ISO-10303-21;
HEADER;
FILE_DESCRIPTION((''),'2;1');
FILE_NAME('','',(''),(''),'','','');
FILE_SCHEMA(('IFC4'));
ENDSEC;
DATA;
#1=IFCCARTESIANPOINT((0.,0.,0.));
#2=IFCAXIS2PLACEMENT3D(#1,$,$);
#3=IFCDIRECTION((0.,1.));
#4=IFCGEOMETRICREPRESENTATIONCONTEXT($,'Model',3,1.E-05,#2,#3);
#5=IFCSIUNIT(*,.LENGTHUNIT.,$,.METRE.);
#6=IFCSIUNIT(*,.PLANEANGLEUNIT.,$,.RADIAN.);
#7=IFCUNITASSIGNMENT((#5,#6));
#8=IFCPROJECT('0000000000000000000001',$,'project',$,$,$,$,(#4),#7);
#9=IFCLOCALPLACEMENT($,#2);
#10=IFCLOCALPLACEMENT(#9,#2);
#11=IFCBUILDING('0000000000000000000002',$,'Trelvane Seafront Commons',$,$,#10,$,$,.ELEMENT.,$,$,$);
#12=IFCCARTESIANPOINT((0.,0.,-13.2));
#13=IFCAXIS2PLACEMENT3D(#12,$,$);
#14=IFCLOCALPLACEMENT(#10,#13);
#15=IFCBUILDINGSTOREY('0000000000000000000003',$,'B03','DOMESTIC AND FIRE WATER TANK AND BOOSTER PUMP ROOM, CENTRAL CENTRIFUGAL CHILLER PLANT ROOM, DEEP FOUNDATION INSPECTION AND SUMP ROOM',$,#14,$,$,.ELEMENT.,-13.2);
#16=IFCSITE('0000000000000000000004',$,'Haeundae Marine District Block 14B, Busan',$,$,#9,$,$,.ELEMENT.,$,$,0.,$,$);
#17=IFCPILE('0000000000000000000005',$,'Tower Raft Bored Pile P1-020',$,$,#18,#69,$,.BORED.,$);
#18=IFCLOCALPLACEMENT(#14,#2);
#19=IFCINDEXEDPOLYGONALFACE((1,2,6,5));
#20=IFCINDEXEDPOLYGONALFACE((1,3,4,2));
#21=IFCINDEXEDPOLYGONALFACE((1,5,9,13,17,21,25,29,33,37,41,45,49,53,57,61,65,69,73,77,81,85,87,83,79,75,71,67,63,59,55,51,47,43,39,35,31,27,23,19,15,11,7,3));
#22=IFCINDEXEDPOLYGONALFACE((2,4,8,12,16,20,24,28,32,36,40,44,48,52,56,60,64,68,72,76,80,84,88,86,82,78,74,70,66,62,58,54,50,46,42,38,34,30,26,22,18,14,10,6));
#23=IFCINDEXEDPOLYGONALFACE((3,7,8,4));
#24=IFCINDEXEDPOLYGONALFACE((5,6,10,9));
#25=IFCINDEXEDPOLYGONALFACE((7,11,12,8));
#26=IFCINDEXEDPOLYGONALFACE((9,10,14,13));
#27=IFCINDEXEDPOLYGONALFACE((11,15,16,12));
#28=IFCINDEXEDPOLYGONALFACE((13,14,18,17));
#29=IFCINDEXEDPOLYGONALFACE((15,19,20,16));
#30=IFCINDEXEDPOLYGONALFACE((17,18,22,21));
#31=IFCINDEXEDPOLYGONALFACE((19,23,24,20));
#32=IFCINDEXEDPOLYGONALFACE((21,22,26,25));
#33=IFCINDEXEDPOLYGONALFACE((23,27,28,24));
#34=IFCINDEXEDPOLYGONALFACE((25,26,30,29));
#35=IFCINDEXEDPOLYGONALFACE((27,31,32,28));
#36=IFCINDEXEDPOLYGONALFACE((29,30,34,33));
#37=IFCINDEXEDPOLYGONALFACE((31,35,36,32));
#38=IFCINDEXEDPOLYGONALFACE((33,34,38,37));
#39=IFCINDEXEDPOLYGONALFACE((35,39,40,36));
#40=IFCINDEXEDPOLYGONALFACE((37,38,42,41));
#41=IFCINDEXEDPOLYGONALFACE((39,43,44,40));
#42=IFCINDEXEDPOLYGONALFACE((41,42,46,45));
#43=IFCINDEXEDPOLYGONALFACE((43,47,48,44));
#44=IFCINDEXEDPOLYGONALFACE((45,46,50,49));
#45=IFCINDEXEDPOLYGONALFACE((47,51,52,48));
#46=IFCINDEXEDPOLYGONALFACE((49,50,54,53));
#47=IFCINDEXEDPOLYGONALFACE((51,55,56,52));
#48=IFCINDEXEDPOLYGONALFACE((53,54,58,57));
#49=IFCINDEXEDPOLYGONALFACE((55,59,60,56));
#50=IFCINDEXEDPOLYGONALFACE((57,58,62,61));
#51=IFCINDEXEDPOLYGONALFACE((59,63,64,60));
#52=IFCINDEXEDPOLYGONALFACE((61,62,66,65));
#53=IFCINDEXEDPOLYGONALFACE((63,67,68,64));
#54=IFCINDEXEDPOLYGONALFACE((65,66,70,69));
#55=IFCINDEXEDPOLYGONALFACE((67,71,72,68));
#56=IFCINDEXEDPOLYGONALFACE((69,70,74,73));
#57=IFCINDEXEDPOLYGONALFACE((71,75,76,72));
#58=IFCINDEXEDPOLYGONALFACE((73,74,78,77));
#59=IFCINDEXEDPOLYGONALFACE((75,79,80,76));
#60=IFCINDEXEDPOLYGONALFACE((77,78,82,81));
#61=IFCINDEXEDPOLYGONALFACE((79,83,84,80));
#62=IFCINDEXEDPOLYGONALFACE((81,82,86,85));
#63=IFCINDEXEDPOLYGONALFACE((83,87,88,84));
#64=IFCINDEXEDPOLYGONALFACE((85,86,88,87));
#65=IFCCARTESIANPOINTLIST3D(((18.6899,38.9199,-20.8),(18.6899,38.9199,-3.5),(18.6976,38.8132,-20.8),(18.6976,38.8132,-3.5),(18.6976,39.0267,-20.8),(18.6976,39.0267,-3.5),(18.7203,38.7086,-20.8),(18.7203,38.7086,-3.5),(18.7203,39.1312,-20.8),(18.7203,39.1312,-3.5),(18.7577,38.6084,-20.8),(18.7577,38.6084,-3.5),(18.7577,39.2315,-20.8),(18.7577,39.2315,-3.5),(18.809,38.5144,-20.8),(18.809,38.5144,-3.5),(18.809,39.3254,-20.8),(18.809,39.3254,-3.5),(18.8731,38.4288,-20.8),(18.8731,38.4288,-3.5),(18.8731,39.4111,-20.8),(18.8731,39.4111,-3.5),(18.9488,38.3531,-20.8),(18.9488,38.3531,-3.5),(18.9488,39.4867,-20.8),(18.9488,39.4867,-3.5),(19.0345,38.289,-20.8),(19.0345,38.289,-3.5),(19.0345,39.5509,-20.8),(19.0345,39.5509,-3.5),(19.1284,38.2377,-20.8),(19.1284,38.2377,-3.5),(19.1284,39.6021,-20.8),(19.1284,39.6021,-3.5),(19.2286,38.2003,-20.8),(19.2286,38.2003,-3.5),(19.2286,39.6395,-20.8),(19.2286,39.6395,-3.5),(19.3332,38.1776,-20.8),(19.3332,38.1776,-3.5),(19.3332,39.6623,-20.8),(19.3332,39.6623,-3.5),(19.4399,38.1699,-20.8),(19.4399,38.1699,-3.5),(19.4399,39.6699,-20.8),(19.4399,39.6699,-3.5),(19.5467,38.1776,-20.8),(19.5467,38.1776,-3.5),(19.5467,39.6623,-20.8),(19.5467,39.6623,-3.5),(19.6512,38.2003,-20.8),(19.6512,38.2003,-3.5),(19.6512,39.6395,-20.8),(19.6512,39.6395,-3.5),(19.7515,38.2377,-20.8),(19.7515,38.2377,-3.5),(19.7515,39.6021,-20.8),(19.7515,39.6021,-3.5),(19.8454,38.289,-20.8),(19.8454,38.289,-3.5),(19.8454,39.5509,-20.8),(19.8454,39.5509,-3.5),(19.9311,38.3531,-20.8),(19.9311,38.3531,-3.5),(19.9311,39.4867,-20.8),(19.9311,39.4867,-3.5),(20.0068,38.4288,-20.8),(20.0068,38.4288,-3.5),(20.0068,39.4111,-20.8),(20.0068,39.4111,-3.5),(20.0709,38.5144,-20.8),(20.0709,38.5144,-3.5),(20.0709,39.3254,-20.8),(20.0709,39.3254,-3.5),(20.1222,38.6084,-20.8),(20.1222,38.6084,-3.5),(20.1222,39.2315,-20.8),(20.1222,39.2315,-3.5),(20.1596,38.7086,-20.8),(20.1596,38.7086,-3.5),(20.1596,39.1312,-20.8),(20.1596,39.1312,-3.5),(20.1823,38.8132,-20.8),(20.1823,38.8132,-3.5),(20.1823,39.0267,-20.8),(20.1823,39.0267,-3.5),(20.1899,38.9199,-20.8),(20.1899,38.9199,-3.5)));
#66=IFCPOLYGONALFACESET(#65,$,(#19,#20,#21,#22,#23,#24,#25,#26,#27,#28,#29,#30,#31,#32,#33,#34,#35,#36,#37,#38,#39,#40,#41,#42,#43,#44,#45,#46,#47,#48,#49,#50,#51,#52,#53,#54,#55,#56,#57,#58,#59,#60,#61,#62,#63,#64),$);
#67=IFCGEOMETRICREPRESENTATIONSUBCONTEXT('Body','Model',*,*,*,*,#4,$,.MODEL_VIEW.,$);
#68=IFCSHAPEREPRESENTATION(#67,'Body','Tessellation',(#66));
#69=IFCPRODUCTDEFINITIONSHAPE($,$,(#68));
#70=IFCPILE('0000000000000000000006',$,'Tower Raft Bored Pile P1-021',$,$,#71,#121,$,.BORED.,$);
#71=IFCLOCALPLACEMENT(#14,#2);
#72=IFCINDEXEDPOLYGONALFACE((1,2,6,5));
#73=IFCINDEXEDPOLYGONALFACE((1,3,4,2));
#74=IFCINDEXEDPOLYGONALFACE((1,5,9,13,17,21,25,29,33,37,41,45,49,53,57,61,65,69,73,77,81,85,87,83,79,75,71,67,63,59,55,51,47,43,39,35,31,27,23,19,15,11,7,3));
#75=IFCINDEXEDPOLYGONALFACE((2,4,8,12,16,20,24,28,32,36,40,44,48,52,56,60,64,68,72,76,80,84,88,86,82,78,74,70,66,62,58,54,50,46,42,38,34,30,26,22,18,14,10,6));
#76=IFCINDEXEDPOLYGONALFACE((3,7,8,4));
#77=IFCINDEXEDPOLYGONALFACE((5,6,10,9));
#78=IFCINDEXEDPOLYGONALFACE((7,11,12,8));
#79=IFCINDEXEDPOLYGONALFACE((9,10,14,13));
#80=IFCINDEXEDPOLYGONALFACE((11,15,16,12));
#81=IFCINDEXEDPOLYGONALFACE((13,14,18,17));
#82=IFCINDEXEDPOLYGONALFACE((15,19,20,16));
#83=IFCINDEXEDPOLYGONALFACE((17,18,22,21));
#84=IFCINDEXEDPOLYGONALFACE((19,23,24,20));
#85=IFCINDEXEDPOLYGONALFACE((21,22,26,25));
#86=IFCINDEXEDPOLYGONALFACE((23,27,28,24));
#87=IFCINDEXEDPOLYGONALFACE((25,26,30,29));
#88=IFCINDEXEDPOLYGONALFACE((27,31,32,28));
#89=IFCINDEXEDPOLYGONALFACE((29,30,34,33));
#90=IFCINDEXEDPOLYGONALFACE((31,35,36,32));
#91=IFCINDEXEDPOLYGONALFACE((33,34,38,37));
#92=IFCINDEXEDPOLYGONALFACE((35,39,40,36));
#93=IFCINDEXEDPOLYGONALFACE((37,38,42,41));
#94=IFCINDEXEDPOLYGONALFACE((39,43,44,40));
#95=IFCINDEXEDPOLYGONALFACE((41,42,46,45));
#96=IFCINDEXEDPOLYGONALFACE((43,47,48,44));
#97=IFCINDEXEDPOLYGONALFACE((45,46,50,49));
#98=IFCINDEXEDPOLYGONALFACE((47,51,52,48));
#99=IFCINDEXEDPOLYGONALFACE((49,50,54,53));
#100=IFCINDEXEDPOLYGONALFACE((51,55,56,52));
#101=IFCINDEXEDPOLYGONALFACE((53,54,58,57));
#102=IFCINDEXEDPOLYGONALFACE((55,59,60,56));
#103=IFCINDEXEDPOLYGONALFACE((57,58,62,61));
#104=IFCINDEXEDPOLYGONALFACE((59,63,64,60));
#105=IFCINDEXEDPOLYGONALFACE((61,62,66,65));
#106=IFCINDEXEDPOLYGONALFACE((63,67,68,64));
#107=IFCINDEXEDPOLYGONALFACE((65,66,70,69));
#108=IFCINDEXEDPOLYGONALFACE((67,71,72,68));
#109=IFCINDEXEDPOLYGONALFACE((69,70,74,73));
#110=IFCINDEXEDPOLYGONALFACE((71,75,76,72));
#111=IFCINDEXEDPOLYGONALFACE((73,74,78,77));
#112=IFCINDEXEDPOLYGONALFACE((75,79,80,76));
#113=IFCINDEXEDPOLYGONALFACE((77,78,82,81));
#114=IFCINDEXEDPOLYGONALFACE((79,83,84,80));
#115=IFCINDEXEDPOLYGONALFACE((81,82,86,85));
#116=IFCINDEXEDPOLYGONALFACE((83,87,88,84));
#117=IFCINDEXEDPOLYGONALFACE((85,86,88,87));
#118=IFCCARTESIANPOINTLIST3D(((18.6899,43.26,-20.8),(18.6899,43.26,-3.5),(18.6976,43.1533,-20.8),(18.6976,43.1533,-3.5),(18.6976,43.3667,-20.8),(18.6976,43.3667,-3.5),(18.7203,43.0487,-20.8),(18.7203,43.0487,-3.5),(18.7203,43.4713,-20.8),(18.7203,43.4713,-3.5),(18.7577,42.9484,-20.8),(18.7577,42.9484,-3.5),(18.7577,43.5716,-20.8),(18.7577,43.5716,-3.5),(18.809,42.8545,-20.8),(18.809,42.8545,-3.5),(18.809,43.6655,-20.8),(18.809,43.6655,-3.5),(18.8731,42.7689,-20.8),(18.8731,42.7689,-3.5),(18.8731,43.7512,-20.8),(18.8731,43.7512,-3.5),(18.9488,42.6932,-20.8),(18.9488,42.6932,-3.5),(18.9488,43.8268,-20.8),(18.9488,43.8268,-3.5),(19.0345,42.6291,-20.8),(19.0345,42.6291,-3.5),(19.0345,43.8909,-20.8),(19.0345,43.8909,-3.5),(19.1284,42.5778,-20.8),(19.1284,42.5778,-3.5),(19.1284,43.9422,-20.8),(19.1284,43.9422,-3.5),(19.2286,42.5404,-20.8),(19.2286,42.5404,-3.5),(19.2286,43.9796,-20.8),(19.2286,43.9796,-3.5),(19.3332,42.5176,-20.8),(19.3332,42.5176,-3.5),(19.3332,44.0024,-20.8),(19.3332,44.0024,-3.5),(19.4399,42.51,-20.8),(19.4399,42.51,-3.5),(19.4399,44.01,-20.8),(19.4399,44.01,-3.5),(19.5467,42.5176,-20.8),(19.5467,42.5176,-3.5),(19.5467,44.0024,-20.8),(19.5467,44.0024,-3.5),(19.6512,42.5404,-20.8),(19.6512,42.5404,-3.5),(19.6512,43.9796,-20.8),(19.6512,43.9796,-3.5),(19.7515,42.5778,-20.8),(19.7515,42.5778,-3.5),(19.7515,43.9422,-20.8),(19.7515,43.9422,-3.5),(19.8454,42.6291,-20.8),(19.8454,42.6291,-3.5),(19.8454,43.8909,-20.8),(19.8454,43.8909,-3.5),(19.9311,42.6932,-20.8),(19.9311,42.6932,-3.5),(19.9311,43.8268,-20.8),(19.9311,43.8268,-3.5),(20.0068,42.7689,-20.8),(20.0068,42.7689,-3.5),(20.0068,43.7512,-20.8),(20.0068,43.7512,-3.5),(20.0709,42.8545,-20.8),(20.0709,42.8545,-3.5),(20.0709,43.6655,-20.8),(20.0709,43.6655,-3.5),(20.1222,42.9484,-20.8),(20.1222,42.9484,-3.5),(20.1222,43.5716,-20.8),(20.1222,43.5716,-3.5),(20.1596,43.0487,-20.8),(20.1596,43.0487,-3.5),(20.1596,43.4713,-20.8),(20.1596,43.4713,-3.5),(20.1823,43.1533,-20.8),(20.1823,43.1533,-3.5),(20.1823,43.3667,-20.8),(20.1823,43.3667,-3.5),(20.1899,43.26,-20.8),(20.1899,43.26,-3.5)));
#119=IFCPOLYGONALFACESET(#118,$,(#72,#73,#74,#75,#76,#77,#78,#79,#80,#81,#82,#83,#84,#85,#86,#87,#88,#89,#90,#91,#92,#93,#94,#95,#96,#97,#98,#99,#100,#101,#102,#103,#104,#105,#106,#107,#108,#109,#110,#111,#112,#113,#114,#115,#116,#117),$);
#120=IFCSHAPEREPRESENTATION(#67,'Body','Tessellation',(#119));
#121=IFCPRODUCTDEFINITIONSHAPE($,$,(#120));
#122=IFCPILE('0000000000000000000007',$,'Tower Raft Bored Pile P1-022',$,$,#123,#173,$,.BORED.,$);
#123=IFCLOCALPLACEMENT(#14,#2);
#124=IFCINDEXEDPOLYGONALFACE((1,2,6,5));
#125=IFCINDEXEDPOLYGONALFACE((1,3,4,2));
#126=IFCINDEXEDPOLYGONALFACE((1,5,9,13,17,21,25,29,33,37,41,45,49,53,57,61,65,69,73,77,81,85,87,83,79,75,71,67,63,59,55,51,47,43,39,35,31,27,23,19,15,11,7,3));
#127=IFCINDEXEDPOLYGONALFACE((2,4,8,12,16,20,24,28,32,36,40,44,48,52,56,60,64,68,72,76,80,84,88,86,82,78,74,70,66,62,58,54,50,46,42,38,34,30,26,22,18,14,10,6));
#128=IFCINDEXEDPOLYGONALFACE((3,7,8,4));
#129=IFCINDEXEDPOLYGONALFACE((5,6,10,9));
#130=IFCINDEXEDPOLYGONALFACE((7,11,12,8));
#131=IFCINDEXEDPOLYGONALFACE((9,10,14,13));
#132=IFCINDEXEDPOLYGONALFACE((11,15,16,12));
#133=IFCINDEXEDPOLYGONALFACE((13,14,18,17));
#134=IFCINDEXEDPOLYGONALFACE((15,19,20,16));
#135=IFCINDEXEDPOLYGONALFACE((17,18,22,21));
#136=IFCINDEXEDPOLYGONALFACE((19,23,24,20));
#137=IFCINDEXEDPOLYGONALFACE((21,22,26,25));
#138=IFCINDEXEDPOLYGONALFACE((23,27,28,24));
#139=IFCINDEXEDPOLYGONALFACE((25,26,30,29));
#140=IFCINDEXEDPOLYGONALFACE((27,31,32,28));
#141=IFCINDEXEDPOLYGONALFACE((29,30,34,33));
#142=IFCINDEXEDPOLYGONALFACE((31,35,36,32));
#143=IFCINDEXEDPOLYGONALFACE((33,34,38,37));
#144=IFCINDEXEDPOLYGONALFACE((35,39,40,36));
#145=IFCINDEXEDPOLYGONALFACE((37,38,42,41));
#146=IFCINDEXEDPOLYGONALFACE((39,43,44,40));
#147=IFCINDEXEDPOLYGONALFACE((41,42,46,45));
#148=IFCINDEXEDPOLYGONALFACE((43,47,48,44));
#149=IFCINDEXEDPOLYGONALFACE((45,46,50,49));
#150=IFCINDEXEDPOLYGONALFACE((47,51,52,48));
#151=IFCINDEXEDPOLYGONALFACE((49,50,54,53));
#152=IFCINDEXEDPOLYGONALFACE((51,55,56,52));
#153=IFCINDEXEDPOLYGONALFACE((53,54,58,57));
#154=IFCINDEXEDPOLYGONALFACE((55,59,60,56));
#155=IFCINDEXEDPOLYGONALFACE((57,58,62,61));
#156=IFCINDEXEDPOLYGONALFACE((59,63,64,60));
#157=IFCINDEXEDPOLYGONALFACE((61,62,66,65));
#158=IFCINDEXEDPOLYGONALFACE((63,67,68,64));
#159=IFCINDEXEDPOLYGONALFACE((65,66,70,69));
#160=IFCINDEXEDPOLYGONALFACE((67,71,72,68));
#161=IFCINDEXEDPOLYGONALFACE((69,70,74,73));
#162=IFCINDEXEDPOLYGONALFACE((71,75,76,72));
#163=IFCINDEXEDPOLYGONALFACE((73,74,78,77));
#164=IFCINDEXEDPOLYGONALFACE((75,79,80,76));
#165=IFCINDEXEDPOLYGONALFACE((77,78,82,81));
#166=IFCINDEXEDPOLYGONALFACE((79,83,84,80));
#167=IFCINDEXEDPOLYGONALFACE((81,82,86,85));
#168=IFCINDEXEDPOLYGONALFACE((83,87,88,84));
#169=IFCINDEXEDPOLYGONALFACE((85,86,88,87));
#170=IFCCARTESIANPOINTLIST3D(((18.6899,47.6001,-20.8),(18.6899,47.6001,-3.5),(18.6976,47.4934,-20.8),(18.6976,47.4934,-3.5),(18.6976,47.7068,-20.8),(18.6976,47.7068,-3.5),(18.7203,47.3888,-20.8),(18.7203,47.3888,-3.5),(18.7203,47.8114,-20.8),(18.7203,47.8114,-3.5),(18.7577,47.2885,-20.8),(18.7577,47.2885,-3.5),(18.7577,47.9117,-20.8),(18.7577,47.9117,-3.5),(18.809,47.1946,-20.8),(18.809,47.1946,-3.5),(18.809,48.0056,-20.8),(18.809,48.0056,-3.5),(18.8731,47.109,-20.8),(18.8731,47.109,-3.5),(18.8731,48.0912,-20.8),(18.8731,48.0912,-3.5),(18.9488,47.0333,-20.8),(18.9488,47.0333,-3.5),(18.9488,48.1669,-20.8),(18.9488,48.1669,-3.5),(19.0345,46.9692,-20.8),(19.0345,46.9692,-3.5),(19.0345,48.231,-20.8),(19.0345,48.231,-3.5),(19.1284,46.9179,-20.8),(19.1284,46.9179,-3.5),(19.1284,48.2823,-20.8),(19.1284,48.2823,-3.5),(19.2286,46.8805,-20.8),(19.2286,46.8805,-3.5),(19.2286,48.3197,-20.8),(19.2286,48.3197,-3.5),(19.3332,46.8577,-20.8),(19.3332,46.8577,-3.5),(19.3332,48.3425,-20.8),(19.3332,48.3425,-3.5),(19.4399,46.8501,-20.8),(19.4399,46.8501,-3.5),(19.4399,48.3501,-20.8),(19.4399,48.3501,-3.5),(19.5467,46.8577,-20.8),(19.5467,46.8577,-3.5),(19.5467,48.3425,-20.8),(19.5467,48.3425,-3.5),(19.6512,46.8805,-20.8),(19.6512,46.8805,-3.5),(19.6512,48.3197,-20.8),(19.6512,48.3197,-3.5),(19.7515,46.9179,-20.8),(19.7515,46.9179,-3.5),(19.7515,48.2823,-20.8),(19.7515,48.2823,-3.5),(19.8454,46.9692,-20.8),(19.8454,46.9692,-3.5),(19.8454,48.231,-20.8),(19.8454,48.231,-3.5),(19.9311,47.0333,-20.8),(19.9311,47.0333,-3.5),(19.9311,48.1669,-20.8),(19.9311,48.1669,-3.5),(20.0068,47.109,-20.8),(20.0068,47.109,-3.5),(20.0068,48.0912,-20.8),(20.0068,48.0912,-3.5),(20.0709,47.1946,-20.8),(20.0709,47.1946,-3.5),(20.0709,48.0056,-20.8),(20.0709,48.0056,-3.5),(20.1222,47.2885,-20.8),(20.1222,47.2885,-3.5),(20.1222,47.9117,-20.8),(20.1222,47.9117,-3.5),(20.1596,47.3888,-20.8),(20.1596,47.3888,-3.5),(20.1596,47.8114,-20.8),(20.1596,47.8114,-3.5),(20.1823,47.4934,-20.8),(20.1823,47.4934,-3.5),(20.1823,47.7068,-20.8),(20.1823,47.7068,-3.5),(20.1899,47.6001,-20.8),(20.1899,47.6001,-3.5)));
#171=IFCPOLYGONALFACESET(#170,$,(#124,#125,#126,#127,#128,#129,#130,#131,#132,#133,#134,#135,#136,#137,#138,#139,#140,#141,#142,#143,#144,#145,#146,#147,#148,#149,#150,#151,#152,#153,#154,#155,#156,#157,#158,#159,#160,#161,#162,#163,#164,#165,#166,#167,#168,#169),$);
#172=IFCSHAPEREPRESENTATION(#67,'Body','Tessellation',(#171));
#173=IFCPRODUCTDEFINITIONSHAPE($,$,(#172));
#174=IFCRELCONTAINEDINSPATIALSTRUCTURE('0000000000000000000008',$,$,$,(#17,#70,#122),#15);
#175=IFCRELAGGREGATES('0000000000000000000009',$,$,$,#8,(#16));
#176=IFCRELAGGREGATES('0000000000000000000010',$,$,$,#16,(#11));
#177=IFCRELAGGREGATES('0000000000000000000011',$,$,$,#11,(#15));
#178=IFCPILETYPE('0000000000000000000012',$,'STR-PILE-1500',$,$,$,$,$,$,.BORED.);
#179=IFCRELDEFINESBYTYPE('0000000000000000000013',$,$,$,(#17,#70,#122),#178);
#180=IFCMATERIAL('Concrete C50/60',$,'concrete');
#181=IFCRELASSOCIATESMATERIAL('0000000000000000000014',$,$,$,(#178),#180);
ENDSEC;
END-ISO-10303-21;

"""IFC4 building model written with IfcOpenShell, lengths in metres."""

from ifc_helpers import new_model, si_unit, direction, frame, origin, origin_2d, place, context, subcontext, project, spatial, circle, extrude, source, transform, mapped, material, material_profile, profile_set, type_object, element, save


model = new_model("IFC4")

# Units and contexts
model_context = context("Model", 3, precision=1e-05, world=origin(), true_north=direction((0.0, 1.0)))
body_context = subcontext(model_context, "Body", "Model", "MODEL_VIEW")
ifc_project = project(units=[si_unit("LENGTHUNIT", "METRE"), si_unit("PLANEANGLEUNIT", "RADIAN")], contexts=[model_context])

# Site, building, storey
site_placement = place(None, origin())
site = spatial("IfcSite", under=ifc_project, at=site_placement, Name="Haeundae Marine District Block 14B, Busan", CompositionType="ELEMENT", RefElevation=0.0)
building_placement = place(site_placement, origin())
building = spatial("IfcBuilding", under=site, at=building_placement, Name="Trelvane Seafront Commons", CompositionType="ELEMENT")
storey_placement = place(building_placement, frame((0.0, 0.0, -13.2)))
storey = spatial("IfcBuildingStorey", under=building, at=storey_placement, Name="B03", Description="DOMESTIC AND FIRE WATER TANK AND BOOSTER PUMP ROOM, CENTRAL CENTRIFUGAL CHILLER PLANT ROOM, DEEP FOUNDATION INSPECTION AND SUMP ROOM", CompositionType="ELEMENT", Elevation=-13.2)

# Piles
ifc_material_1 = material(Name="Concrete C50/60", Category="concrete")
ifc_material_profile_1 = material_profile(ifc_material_1, circle(Radius=0.75, at=origin_2d()), Name="PILE-1500")
ifc_profile_set_1 = profile_set([ifc_material_profile_1], Name="Concrete C50/60")
pile_type = type_object("IfcPileType", Name="STR-PILE-1500", PredefinedType="BORED", material=ifc_profile_set_1)
shared_shape_1 = source(origin(), body_context, "Body", "SweptSolid", [
    extrude(circle(Radius=0.75, at=origin_2d()), origin(), (0.0, 0.0, 1.0), 17.3),
])
for number, where, z_axis, x_axis, name in (
    (1, (19.4399, 38.9199, -3.5), (0.0, 0.0, -1.0), (1.0, 0.0, 0.0), "Tower Raft Bored Pile P1-020"),
    (2, (19.4399, 43.26, -3.5), (0.0, 0.0, -1.0), (1.0, 0.0, 0.0), "Tower Raft Bored Pile P1-021"),
    (3, (19.4399, 47.6001, -3.5), (0.0, 0.0, -1.0), (1.0, 0.0, 0.0), "Tower Raft Bored Pile P1-022"),
):
    element("IfcPile", number, at=place(storey_placement, frame(where, z_axis=z_axis, x_axis=x_axis)), inside=storey, type_object=pile_type, Name=name, PredefinedType="BORED", context=body_context, shape_type="MappedRepresentation", body=[
        mapped(shared_shape_1, transform((0.0, 0.0, 0.0), x_axis=(1.0, 0.0, 0.0), y_axis=(0.0, 1.0, 0.0), z_axis=(0.0, 0.0, 1.0), scale=1.0)),
    ])

save(model, "model.ifc")
